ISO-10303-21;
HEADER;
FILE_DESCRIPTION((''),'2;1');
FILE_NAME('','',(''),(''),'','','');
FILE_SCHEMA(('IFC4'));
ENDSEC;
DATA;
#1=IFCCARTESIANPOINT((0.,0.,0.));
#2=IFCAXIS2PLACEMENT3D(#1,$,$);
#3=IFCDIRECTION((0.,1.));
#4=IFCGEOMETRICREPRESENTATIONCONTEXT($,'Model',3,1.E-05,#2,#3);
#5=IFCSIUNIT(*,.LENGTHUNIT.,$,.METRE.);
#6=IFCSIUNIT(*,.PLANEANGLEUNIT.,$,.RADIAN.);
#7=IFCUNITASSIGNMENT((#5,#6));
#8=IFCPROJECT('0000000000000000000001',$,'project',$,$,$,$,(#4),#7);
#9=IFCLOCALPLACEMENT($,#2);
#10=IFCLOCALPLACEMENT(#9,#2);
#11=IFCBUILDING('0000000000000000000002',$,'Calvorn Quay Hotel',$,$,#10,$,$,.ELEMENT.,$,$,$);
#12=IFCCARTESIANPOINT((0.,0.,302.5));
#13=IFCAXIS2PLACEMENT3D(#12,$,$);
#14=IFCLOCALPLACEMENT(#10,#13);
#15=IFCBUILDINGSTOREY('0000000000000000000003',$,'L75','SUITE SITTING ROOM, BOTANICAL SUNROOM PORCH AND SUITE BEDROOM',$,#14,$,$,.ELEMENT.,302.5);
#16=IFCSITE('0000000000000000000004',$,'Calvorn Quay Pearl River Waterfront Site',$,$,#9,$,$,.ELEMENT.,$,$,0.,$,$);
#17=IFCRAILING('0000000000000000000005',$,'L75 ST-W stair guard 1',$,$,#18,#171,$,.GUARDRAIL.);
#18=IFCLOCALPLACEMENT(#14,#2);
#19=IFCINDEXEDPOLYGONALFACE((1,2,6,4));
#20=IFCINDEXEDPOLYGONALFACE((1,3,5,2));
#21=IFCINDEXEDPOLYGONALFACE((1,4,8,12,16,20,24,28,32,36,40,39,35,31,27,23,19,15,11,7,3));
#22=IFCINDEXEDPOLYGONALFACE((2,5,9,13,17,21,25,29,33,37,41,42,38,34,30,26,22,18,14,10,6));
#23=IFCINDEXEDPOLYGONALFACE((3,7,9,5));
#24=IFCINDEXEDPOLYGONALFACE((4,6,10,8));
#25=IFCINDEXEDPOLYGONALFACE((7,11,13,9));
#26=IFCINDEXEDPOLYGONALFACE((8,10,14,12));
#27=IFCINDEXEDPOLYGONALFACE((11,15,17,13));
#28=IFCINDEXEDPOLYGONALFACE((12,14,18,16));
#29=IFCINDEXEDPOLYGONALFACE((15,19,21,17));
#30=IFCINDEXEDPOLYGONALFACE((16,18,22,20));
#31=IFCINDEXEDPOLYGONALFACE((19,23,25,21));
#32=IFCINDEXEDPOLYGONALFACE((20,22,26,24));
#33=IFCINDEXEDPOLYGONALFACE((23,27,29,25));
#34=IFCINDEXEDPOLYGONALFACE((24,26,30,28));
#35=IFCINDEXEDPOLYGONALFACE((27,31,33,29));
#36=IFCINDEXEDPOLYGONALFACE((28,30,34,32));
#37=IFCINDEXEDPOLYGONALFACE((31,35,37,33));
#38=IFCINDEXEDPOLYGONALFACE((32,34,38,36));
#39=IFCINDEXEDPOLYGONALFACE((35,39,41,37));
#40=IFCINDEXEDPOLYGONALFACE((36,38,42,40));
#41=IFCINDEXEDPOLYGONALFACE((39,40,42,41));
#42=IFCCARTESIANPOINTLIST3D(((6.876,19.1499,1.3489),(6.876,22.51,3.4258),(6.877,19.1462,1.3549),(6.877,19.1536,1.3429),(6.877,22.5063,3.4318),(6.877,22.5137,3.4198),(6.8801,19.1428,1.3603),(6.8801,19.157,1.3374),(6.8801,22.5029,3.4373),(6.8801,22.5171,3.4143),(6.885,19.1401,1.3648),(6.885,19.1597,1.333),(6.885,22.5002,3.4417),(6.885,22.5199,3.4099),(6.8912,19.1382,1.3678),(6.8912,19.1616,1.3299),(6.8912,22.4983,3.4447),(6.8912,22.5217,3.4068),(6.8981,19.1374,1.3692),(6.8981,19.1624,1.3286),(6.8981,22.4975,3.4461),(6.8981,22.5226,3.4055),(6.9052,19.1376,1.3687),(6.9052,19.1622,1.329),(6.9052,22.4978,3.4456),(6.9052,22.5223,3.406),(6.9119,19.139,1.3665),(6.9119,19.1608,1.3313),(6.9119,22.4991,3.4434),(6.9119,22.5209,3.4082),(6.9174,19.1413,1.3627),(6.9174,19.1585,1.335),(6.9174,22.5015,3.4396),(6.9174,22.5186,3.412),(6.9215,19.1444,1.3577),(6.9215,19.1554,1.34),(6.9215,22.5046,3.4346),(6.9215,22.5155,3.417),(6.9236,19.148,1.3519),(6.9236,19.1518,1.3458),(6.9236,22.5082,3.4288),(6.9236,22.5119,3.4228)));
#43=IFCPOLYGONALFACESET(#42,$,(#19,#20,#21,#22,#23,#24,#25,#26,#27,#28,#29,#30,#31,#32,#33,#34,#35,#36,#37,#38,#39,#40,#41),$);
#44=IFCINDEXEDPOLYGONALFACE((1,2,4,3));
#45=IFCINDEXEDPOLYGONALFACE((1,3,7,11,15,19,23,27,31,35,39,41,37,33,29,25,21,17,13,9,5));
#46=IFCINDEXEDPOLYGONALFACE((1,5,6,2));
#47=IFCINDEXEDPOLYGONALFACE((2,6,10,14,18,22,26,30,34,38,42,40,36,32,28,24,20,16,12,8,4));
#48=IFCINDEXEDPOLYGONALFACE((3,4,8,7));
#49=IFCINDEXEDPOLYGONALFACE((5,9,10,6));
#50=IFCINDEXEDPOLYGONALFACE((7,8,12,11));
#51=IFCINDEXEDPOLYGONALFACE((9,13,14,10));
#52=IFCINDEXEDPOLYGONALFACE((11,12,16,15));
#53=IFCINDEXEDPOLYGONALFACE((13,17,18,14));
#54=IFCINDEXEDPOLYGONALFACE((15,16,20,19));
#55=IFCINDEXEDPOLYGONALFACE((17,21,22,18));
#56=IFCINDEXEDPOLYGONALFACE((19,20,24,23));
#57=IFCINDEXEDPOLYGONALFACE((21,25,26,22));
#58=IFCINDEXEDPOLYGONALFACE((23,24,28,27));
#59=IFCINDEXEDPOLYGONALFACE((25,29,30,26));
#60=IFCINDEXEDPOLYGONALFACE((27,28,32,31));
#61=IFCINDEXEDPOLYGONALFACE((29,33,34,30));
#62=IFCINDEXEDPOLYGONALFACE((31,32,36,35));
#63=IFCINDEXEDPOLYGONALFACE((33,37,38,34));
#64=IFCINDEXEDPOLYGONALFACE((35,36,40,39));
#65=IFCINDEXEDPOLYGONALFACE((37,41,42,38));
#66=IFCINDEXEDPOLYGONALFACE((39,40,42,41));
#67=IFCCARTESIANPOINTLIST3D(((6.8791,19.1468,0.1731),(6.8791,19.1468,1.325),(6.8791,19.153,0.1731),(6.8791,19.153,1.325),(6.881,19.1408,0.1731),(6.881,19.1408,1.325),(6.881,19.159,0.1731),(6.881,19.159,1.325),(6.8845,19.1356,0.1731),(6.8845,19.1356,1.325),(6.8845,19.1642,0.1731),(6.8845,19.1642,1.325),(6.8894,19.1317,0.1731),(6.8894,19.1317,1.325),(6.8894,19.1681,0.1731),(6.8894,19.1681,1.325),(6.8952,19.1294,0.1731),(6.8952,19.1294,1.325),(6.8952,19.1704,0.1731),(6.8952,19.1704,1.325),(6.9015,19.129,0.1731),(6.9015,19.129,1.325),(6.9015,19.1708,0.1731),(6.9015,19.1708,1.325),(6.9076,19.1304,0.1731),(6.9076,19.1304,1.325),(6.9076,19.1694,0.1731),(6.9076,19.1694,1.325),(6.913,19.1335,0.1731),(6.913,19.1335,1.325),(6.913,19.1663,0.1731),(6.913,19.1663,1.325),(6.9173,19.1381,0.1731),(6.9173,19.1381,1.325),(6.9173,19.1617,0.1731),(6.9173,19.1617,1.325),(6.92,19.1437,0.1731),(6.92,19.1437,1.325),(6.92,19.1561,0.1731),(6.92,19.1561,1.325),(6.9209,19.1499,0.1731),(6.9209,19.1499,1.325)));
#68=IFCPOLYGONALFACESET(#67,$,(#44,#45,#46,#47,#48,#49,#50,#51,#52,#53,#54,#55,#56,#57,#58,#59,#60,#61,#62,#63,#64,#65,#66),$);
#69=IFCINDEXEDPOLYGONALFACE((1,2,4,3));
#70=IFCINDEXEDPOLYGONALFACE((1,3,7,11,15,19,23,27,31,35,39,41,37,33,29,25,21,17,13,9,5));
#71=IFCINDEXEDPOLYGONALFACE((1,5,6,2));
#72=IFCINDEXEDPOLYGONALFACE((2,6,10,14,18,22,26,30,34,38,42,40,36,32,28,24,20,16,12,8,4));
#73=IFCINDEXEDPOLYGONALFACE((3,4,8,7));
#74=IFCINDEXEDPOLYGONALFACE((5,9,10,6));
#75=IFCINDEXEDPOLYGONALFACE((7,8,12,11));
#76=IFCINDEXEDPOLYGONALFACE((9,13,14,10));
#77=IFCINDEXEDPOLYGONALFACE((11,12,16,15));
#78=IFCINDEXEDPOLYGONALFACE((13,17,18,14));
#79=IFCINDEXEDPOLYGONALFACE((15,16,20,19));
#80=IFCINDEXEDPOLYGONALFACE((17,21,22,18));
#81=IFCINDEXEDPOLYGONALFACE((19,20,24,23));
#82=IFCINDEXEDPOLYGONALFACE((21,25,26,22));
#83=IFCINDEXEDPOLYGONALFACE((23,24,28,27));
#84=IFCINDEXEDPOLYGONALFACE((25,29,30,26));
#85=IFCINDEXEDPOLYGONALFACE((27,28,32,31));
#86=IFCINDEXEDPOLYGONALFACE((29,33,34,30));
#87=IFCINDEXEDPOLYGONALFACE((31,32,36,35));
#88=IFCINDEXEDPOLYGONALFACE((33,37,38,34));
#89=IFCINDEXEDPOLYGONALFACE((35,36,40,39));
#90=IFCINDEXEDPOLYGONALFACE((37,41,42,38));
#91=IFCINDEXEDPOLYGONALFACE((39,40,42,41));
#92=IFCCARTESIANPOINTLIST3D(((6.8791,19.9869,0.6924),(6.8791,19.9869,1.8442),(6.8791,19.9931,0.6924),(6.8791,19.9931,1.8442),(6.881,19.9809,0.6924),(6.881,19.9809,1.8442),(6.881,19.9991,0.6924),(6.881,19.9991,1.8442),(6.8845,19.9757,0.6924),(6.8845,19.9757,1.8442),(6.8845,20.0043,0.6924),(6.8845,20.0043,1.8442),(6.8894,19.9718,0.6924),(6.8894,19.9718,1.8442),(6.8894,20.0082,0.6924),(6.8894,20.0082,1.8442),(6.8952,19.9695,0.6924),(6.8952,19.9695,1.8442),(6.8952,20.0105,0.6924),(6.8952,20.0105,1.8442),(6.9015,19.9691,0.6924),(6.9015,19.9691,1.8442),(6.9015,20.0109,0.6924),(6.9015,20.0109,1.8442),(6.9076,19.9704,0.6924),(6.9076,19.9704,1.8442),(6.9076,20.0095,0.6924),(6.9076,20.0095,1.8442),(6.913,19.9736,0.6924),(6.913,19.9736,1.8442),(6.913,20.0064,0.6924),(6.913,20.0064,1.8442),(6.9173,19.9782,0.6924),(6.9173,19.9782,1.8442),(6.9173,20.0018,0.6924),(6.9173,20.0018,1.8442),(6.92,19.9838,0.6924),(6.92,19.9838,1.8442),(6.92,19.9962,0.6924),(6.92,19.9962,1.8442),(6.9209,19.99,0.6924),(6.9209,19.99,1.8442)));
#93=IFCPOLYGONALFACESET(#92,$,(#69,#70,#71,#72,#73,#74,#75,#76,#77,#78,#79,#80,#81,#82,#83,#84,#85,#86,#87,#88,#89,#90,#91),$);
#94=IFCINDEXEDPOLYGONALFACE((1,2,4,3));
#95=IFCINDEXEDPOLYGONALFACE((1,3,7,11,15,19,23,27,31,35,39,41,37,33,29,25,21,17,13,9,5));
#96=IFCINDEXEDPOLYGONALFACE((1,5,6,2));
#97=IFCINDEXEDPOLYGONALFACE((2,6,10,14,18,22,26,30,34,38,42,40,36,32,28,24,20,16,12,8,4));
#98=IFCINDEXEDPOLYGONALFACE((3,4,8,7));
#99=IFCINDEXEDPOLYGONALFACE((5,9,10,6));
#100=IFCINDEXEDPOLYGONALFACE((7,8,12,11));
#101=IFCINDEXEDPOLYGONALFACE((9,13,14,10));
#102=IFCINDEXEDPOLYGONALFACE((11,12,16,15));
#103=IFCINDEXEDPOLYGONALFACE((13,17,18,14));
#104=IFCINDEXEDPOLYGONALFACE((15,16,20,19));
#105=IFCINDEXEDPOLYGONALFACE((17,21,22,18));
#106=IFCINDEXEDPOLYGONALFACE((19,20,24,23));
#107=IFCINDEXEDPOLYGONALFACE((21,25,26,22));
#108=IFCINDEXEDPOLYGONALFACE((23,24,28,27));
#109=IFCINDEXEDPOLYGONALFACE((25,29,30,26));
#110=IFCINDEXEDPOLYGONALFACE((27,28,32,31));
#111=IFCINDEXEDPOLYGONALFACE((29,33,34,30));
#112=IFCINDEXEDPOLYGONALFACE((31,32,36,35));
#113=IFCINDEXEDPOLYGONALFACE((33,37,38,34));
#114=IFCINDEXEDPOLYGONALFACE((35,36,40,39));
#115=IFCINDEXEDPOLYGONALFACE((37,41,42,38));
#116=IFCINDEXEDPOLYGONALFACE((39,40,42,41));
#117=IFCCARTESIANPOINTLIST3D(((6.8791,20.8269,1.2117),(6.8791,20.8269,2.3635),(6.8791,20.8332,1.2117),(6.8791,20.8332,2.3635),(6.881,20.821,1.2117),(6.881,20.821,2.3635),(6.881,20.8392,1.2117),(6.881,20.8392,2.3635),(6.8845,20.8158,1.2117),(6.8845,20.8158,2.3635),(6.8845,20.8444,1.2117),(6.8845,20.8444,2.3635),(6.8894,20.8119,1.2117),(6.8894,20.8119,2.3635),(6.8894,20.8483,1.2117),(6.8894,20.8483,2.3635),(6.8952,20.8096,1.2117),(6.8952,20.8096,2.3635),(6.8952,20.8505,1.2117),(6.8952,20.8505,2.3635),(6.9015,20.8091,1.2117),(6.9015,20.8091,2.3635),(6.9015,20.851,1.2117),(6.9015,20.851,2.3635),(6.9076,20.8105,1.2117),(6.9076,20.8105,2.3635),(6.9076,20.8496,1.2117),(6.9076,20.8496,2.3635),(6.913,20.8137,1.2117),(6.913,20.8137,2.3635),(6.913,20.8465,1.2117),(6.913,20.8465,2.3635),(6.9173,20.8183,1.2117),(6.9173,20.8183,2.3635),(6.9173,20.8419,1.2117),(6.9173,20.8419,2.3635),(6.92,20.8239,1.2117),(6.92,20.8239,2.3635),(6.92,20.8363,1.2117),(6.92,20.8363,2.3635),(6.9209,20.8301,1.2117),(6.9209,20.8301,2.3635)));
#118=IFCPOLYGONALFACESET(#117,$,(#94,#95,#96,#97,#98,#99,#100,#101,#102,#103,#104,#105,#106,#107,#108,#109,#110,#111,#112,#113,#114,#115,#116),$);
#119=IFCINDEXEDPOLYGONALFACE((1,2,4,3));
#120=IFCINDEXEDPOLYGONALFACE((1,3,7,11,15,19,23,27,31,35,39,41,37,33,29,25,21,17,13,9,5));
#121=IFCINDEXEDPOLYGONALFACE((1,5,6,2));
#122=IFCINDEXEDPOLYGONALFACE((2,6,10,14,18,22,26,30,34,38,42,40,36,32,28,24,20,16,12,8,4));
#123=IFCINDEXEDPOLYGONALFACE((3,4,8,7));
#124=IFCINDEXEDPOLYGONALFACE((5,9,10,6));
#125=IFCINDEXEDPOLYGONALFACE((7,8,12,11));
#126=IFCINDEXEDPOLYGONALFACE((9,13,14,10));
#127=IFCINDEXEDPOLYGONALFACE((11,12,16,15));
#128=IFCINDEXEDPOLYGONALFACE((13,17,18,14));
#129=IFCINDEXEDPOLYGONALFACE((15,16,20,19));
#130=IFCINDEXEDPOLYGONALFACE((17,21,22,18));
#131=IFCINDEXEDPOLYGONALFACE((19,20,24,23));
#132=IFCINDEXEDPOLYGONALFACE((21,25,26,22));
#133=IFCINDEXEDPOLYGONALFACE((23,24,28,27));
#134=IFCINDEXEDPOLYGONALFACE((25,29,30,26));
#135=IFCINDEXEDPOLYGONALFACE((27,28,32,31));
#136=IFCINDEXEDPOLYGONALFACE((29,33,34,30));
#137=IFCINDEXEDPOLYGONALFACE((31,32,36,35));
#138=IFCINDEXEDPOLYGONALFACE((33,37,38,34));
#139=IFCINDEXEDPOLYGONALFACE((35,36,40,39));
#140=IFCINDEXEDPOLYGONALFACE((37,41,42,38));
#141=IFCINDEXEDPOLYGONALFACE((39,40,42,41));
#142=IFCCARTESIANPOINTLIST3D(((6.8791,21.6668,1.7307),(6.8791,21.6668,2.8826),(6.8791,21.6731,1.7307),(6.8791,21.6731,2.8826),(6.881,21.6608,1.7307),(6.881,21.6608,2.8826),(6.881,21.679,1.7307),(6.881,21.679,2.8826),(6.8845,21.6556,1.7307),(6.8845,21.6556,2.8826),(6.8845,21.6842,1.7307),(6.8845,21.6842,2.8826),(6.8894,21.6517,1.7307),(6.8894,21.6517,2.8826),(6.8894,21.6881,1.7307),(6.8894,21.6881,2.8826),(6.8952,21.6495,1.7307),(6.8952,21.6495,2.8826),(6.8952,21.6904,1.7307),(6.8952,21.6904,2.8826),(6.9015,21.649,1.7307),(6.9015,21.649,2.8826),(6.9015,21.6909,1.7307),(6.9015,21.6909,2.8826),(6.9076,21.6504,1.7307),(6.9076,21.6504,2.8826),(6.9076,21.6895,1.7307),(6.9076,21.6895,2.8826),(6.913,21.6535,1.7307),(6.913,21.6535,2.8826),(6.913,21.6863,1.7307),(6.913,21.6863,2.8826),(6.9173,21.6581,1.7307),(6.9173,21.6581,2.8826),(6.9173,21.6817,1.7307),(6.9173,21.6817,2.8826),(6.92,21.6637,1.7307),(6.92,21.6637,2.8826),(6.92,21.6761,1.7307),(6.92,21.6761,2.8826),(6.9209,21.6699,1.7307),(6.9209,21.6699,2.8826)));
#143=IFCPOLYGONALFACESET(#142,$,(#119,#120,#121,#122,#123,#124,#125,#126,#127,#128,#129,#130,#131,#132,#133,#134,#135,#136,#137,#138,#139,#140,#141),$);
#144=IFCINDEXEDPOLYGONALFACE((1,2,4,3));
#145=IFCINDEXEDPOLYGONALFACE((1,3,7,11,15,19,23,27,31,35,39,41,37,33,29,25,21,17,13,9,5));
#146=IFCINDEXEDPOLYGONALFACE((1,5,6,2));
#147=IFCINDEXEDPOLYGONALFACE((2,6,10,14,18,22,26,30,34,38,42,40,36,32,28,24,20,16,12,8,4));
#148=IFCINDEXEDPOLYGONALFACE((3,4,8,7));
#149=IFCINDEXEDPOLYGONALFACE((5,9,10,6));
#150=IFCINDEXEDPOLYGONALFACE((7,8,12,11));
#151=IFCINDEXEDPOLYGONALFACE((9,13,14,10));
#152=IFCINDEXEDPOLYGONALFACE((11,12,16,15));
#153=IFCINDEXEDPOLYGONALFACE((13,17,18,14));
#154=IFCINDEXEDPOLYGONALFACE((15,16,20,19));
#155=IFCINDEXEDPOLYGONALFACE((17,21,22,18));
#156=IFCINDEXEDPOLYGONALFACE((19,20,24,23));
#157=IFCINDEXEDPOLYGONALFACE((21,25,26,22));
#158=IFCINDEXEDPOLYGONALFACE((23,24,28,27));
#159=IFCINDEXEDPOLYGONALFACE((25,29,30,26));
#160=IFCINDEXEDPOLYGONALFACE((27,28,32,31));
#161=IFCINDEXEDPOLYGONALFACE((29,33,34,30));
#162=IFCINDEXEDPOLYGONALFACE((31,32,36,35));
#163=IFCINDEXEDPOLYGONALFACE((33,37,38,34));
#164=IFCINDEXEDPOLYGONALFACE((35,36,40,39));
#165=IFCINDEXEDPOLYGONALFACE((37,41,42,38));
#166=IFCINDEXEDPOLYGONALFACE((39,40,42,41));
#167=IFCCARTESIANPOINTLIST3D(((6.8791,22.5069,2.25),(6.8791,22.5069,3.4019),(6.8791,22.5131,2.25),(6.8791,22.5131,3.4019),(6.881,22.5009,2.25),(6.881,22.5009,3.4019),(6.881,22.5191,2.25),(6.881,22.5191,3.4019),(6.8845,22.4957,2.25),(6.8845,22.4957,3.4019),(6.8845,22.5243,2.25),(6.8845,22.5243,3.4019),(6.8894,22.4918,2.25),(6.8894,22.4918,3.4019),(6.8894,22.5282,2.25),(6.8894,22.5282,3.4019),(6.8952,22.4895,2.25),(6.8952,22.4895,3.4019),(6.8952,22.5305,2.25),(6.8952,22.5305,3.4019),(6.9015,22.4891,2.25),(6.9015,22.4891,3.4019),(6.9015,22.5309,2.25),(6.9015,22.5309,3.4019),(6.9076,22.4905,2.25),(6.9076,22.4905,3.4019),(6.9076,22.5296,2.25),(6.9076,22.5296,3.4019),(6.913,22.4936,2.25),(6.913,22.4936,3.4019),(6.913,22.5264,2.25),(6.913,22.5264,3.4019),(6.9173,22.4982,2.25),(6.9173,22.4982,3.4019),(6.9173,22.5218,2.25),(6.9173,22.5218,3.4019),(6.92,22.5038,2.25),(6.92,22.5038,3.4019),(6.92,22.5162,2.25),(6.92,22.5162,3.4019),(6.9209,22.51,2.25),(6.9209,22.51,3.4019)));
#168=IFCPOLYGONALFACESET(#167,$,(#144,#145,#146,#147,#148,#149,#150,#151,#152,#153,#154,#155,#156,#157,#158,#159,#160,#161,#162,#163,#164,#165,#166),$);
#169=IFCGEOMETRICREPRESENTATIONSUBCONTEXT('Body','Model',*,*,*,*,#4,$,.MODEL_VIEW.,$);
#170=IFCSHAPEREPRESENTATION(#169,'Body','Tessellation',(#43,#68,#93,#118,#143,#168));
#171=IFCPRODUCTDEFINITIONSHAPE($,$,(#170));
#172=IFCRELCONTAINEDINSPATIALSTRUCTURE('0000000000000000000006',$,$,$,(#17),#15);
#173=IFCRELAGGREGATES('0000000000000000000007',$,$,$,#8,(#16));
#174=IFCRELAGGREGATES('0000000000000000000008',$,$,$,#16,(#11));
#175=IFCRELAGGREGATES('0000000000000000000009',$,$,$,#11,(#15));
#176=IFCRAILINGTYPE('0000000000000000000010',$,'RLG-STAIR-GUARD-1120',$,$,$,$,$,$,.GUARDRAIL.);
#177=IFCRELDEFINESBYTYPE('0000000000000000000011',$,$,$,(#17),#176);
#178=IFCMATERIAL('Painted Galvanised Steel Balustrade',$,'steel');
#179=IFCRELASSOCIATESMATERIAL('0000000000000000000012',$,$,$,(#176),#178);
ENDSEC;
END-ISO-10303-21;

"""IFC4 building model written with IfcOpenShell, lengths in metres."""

from ifc_helpers import new_model, si_unit, direction, frame, origin, origin_2d, place, context, subcontext, project, spatial, circle, extrude, material, type_object, element, save


model = new_model("IFC4")

# Units and contexts
model_context = context("Model", 3, precision=1e-05, world=origin(), true_north=direction((0.0, 1.0)))
body_context = subcontext(model_context, "Body", "Model", "MODEL_VIEW")
ifc_project = project(units=[si_unit("LENGTHUNIT", "METRE"), si_unit("PLANEANGLEUNIT", "RADIAN")], contexts=[model_context])

# Site, building, storey
site_placement = place(None, origin())
site = spatial("IfcSite", under=ifc_project, at=site_placement, Name="Calvorn Quay Pearl River Waterfront Site", CompositionType="ELEMENT", RefElevation=0.0)
building_placement = place(site_placement, origin())
building = spatial("IfcBuilding", under=site, at=building_placement, Name="Calvorn Quay Hotel", CompositionType="ELEMENT")
storey_placement = place(building_placement, frame((0.0, 0.0, 302.5)))
storey = spatial("IfcBuildingStorey", under=building, at=storey_placement, Name="L75", Description="SUITE SITTING ROOM, BOTANICAL SUNROOM PORCH AND SUITE BEDROOM", CompositionType="ELEMENT", Elevation=302.5)

# Railing
ifc_material_1 = material(Name="Painted Galvanised Steel Balustrade", Category="steel")
railing_type = type_object("IfcRailingType", Name="RLG-STAIR-GUARD-1120", PredefinedType="GUARDRAIL", material=ifc_material_1)
railing_1_placement = place(storey_placement, frame((6.8999, 19.1499, 0.1731)))
element("IfcRailing", 1, at=railing_1_placement, inside=storey, type_object=railing_type, Name="L75 ST-W stair guard 1", PredefinedType="GUARDRAIL", context=body_context, shape_type="SweptSolid", body=[
    extrude(circle(Radius=0.0239, at=origin_2d()), frame((0.0, 0.0, 1.1758), z_axis=(0.0, 0.850623, 0.525776), x_axis=(-1.0, 0.0, 0.0)), (0.0, 0.0, 1.0), 3.9502),
    extrude(circle(Radius=0.021, at=origin_2d()), origin(), (0.0, 0.0, 1.0), 1.1519),
    extrude(circle(Radius=0.021, at=origin_2d()), frame((0.0, 0.8401, 0.5193)), (0.0, 0.0, 1.0), 1.1519),
    extrude(circle(Radius=0.021, at=origin_2d()), frame((0.0, 1.6802, 1.0386)), (0.0, 0.0, 1.0), 1.1519),
    extrude(circle(Radius=0.021, at=origin_2d()), frame((0.0, 2.52, 1.5576)), (0.0, 0.0, 1.0), 1.1519),
    extrude(circle(Radius=0.021, at=origin_2d()), frame((0.0, 3.3601, 2.0769)), (0.0, 0.0, 1.0), 1.1519),
])

save(model, "model.ifc")
